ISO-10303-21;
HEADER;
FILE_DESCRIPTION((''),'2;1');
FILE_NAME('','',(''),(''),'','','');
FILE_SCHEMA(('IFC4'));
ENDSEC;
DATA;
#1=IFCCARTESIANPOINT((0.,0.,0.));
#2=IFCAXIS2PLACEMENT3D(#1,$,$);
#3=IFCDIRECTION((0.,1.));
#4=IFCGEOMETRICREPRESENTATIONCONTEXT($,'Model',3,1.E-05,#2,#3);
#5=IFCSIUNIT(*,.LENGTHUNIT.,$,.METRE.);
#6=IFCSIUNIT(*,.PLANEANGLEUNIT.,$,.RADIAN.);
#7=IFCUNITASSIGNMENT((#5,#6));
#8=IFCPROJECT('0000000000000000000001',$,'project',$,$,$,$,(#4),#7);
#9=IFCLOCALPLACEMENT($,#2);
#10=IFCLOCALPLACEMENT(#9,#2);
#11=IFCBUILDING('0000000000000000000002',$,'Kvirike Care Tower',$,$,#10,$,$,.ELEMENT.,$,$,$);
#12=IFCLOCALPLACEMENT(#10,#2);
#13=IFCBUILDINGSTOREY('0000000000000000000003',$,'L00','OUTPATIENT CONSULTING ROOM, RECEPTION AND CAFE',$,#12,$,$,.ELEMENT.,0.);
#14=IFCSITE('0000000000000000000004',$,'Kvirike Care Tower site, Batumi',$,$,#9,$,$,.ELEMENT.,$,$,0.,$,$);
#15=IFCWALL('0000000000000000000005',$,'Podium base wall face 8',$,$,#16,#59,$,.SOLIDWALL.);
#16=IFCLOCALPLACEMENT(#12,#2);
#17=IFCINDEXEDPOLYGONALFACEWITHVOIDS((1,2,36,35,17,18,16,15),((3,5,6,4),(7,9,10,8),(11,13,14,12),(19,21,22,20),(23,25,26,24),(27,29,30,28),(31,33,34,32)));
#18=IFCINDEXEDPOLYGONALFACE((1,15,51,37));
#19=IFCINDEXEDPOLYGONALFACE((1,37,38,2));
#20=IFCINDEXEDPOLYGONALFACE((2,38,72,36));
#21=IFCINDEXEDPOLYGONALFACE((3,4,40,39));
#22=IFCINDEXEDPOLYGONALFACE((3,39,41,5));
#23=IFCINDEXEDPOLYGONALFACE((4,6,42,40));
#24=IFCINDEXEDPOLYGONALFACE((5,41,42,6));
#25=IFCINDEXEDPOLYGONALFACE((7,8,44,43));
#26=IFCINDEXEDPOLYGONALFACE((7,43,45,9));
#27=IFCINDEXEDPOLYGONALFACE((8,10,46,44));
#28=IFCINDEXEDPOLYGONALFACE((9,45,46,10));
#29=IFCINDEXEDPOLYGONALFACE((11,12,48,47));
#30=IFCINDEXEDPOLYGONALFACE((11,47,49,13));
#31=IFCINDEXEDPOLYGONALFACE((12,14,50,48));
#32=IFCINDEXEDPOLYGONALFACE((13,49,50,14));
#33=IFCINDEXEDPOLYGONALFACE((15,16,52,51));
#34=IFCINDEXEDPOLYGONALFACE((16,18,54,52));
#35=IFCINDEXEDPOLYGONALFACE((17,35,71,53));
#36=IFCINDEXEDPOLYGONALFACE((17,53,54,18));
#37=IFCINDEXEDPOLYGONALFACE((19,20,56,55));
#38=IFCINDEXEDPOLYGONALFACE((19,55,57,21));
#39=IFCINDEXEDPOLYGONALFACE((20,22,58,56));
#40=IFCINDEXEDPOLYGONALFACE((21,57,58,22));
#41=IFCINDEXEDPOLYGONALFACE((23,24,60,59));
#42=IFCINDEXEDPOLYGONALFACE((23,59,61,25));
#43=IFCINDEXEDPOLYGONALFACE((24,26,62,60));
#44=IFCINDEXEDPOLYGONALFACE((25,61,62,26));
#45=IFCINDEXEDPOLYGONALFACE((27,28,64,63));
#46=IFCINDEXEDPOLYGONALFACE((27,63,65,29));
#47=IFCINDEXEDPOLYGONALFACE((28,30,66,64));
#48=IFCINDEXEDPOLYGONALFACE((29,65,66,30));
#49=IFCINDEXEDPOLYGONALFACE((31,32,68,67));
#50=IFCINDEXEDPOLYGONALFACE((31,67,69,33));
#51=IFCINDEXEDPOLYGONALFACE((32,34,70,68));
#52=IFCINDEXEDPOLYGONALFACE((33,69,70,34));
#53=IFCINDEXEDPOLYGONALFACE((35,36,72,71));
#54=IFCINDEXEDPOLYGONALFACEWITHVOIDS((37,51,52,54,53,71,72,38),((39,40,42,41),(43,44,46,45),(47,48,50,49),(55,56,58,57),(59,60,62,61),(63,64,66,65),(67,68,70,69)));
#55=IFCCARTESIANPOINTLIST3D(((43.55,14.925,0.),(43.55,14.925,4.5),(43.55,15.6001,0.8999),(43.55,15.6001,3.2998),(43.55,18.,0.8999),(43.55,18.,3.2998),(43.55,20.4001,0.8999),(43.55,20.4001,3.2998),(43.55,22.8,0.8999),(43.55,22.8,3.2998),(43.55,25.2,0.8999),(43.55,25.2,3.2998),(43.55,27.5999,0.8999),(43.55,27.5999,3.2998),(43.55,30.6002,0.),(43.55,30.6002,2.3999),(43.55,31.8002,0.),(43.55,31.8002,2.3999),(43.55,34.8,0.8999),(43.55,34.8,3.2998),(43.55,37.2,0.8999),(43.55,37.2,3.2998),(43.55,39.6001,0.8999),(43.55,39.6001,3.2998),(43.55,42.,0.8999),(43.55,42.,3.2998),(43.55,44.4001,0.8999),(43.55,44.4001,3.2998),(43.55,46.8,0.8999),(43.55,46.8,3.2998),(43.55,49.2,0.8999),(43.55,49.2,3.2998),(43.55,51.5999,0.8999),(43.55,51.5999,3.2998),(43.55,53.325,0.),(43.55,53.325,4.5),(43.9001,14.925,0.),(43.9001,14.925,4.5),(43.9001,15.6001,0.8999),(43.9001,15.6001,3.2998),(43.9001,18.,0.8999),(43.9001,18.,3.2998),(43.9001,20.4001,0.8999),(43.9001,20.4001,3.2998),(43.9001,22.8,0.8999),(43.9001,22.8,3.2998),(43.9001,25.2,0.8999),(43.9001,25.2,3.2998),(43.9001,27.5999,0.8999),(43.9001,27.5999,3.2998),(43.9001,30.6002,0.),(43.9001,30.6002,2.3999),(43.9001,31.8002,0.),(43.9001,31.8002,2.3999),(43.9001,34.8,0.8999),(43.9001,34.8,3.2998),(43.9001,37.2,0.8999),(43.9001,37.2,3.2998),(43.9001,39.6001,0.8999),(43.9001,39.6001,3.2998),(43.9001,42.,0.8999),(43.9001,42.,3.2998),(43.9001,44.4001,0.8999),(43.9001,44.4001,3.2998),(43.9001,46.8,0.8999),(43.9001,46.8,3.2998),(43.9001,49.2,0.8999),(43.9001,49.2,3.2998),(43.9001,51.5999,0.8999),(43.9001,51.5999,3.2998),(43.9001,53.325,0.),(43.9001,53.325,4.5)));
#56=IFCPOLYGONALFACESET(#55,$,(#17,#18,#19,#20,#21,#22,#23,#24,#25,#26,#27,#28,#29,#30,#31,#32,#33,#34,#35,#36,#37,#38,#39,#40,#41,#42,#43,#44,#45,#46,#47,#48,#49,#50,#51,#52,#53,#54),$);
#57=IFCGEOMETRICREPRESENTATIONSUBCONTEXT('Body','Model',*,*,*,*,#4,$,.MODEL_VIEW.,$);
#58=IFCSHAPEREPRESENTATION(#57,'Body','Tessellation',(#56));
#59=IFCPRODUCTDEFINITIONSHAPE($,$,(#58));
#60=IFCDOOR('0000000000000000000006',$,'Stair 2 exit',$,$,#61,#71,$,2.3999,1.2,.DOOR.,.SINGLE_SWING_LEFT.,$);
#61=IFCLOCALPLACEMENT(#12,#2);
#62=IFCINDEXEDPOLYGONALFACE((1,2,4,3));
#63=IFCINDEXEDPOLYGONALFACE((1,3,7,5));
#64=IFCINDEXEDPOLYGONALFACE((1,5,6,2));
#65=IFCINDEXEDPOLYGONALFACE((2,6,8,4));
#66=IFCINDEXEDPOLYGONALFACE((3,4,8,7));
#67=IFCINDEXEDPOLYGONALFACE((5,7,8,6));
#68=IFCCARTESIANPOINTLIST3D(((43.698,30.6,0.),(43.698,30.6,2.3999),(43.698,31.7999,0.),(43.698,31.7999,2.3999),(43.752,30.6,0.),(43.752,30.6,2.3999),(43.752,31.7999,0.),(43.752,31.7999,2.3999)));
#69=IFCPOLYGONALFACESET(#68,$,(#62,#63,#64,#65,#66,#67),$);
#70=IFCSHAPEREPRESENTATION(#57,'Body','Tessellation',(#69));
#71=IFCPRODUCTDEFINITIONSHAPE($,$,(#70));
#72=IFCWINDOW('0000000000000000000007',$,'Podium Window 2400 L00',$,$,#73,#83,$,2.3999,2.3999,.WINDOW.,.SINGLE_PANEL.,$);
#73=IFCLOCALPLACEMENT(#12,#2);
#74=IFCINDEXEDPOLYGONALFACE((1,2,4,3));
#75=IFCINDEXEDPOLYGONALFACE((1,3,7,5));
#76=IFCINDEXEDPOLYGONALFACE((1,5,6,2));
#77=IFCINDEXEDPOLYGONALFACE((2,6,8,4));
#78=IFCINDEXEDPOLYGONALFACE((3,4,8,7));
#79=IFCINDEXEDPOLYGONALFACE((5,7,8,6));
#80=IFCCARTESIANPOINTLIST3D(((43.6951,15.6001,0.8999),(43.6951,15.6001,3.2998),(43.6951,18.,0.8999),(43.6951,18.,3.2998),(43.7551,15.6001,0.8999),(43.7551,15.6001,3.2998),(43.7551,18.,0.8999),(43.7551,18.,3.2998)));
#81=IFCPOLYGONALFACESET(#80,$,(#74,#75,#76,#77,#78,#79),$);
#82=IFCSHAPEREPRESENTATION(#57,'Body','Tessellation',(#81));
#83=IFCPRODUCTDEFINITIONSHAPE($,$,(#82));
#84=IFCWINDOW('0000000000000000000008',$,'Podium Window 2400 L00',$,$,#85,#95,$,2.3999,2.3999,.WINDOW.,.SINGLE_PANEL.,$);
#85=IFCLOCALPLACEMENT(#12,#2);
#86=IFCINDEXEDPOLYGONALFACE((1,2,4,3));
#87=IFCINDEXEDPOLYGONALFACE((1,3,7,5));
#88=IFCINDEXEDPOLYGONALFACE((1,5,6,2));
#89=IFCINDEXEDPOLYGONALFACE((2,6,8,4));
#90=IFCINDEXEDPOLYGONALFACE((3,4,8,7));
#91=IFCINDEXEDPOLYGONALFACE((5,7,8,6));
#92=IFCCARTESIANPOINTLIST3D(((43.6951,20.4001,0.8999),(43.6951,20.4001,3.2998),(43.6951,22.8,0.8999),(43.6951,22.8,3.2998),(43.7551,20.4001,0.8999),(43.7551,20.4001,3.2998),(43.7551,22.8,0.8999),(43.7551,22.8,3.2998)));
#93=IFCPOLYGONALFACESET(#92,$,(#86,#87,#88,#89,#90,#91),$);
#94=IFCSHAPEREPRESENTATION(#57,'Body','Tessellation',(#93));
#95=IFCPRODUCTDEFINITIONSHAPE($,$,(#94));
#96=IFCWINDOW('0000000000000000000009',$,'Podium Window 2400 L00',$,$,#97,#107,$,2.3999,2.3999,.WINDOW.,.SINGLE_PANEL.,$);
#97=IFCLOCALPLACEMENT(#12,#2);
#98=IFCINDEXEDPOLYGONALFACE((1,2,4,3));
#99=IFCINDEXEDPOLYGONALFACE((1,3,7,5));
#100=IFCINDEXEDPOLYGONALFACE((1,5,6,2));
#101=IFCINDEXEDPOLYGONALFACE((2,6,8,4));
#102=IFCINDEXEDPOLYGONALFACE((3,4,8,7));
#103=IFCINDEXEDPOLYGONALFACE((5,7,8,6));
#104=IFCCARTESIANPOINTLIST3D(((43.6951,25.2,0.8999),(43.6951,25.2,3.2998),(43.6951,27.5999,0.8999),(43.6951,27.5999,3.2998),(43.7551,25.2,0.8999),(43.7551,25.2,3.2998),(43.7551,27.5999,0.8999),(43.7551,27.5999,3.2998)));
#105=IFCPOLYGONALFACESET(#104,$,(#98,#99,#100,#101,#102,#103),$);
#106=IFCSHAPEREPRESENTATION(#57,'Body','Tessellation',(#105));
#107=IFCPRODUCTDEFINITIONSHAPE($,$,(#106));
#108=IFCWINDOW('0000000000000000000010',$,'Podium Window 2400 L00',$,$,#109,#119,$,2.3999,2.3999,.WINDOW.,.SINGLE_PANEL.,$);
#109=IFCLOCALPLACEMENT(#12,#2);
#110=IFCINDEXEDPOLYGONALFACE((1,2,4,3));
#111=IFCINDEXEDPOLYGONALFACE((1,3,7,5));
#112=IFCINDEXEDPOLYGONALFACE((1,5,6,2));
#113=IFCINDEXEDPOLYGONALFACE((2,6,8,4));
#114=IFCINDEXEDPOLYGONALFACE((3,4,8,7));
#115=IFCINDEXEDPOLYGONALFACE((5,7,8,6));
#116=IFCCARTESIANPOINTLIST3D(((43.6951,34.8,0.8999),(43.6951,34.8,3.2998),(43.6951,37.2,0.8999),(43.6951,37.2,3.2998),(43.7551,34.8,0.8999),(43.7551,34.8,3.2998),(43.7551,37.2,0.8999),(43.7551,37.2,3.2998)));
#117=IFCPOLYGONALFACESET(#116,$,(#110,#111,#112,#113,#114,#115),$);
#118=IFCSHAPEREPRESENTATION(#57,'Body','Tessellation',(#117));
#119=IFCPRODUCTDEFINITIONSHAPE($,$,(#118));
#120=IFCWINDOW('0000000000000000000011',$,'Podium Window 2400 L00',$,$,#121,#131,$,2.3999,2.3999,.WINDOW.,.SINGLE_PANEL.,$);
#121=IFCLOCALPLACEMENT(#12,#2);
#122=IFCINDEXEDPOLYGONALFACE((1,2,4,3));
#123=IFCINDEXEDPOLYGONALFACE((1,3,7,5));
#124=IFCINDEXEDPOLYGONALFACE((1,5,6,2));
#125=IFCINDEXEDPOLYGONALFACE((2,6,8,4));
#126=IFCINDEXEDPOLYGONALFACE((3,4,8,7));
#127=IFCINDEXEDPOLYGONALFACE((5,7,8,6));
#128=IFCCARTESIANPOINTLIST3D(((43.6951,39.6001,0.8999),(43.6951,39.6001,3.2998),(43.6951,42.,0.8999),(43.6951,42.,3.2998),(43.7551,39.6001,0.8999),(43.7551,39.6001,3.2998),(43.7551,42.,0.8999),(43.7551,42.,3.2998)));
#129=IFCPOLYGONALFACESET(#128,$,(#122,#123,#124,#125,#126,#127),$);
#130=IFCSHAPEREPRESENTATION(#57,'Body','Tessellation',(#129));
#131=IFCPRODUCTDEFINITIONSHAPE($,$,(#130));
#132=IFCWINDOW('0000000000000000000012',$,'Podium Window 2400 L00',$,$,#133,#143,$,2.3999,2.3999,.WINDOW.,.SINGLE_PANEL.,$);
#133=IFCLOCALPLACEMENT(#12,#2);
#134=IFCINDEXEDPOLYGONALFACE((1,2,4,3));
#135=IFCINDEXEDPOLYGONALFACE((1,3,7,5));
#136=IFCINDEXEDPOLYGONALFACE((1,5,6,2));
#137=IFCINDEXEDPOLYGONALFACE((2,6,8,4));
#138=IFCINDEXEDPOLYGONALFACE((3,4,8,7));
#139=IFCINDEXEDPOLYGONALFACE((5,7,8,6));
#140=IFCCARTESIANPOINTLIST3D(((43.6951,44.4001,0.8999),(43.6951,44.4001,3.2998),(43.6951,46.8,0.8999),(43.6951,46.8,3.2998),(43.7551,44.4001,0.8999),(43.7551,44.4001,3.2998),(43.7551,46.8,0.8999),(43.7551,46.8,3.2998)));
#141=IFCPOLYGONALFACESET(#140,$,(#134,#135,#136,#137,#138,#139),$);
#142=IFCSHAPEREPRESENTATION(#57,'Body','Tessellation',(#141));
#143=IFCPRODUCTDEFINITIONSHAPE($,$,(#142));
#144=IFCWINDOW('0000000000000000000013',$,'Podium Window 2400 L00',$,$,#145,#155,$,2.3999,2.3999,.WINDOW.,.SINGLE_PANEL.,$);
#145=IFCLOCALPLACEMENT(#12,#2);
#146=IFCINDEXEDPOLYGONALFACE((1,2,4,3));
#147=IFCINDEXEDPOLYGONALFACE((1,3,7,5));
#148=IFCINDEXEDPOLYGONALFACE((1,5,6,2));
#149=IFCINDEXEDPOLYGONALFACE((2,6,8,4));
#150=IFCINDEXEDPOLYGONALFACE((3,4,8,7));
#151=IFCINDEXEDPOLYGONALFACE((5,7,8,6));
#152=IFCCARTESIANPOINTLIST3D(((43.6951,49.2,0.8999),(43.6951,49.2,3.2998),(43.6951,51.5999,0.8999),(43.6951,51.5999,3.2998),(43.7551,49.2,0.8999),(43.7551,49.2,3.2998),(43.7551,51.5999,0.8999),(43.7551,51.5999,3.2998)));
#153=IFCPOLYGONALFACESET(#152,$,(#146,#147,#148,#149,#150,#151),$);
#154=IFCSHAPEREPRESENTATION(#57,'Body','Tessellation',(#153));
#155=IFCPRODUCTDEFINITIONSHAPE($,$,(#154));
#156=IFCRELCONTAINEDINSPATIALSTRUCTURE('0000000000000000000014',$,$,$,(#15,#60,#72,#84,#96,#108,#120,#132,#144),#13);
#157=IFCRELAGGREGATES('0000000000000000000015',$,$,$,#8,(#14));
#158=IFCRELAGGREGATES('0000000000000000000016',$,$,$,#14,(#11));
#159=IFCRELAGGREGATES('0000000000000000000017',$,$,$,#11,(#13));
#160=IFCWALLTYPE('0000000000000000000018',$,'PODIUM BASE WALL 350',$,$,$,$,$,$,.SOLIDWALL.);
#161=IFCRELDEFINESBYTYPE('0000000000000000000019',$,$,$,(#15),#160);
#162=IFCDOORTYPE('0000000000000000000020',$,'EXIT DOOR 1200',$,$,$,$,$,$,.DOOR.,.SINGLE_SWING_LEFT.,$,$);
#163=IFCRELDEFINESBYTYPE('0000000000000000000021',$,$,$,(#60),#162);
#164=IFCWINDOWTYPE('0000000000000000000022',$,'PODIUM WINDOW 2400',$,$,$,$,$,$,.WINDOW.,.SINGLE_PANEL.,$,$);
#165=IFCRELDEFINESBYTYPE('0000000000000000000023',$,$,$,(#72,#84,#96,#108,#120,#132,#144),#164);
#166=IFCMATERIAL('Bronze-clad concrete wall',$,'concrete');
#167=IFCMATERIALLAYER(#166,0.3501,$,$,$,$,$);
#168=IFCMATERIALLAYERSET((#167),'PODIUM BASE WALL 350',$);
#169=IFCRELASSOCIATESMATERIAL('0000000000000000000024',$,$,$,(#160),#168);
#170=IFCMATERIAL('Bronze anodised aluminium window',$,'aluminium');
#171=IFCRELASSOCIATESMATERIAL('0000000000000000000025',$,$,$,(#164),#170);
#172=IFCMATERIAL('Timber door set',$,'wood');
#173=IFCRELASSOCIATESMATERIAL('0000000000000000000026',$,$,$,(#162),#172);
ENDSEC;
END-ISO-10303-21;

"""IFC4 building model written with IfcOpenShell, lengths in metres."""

from ifc_helpers import new_model, si_unit, direction, frame, frame_2d, origin, place, context, subcontext, project, spatial, rectangle, extrude, material, layer, layer_set, type_object, element, fill, save


model = new_model("IFC4")

# Units and contexts
model_context = context("Model", 3, precision=1e-05, world=origin(), true_north=direction((0.0, 1.0)))
body_context = subcontext(model_context, "Body", "Model", "MODEL_VIEW")
ifc_project = project(units=[si_unit("LENGTHUNIT", "METRE"), si_unit("PLANEANGLEUNIT", "RADIAN")], contexts=[model_context])

# Site, building, storey
site_placement = place(None, origin())
site = spatial("IfcSite", under=ifc_project, at=site_placement, Name="Kvirike Care Tower site, Batumi", CompositionType="ELEMENT", RefElevation=0.0)
building_placement = place(site_placement, origin())
building = spatial("IfcBuilding", under=site, at=building_placement, Name="Kvirike Care Tower", CompositionType="ELEMENT")
storey_placement = place(building_placement, origin())
storey = spatial("IfcBuildingStorey", under=building, at=storey_placement, Name="L00", Description="OUTPATIENT CONSULTING ROOM, RECEPTION AND CAFE", CompositionType="ELEMENT", Elevation=0.0)

# Shared definitions
ifc_material_1 = material(Name="Bronze-clad concrete wall", Category="concrete")
ifc_layer_1 = layer(ifc_material_1, 0.3501)
ifc_layer_set_1 = layer_set([ifc_layer_1], Name="PODIUM BASE WALL 350")
wall_type_1 = type_object("IfcWallType", Name="PODIUM BASE WALL 350", PredefinedType="SOLIDWALL", material=ifc_layer_set_1)
ifc_material_2 = material(Name="Bronze anodised aluminium window", Category="aluminium")
window_type = type_object("IfcWindowType", Name="PODIUM WINDOW 2400", PartitioningType="SINGLE_PANEL", PredefinedType="WINDOW", material=ifc_material_2)

# Wall, openings, door, windows
wall_1_placement = place(storey_placement, frame((43.7251, 14.925, 0.0), z_axis=(0.0, 0.0, 1.0), x_axis=(0.0, 1.0, 0.0)))
wall_1 = element("IfcWall", 1, at=wall_1_placement, inside=storey, type_object=wall_type_1, Name="Podium base wall face 8", PredefinedType="SOLIDWALL", context=body_context, shape_type="SweptSolid", body=[
    extrude(rectangle(XDim=38.3999, YDim=0.3501, at=frame_2d((19.2, 0.0))), origin(), (0.0, 0.0, 1.0), 4.5),
])
opening_1_placement = place(wall_1_placement, frame((15.675, 0.0, 0.0)))
opening_1 = element("IfcOpeningElement", 2, at=opening_1_placement, cuts=wall_1, PredefinedType="OPENING", context=body_context, shape_type="SweptSolid", body=[
    extrude(rectangle(XDim=1.2, YDim=2.3999, at=frame_2d((0.6001, 1.2))), frame((0.0, 0.1855, 0.0), z_axis=(0.0, -1.0, 0.0), x_axis=(1.0, 0.0, 0.0)), (0.0, 0.0, 1.0), 0.3711),
])
opening_2_placement = place(wall_1_placement, frame((0.675, 0.0, 0.8999)))
opening_2 = element("IfcOpeningElement", 3, at=opening_2_placement, cuts=wall_1, PredefinedType="OPENING", context=body_context, shape_type="SweptSolid", body=[
    extrude(rectangle(XDim=2.3999, YDim=2.3999, at=frame_2d((1.2, 1.2))), frame((0.0, 0.1855, 0.0), z_axis=(0.0, -1.0, 0.0), x_axis=(1.0, 0.0, 0.0)), (0.0, 0.0, 1.0), 0.3711),
])
opening_3_placement = place(wall_1_placement, frame((5.4751, 0.0, 0.8999)))
opening_3 = element("IfcOpeningElement", 4, at=opening_3_placement, cuts=wall_1, PredefinedType="OPENING", context=body_context, shape_type="SweptSolid", body=[
    extrude(rectangle(XDim=2.3999, YDim=2.3999, at=frame_2d((1.2, 1.2))), frame((0.0, 0.1855, 0.0), z_axis=(0.0, -1.0, 0.0), x_axis=(1.0, 0.0, 0.0)), (0.0, 0.0, 1.0), 0.3711),
])
opening_4_placement = place(wall_1_placement, frame((10.2749, 0.0, 0.8999)))
opening_4 = element("IfcOpeningElement", 5, at=opening_4_placement, cuts=wall_1, PredefinedType="OPENING", context=body_context, shape_type="SweptSolid", body=[
    extrude(rectangle(XDim=2.3999, YDim=2.3999, at=frame_2d((1.2, 1.2))), frame((0.0, 0.1855, 0.0), z_axis=(0.0, -1.0, 0.0), x_axis=(1.0, 0.0, 0.0)), (0.0, 0.0, 1.0), 0.3711),
])
opening_5_placement = place(wall_1_placement, frame((19.875, 0.0, 0.8999)))
opening_5 = element("IfcOpeningElement", 6, at=opening_5_placement, cuts=wall_1, PredefinedType="OPENING", context=body_context, shape_type="SweptSolid", body=[
    extrude(rectangle(XDim=2.3999, YDim=2.3999, at=frame_2d((1.2, 1.2))), frame((0.0, 0.1855, 0.0), z_axis=(0.0, -1.0, 0.0), x_axis=(1.0, 0.0, 0.0)), (0.0, 0.0, 1.0), 0.3711),
])
opening_6_placement = place(wall_1_placement, frame((24.675, 0.0, 0.8999)))
opening_6 = element("IfcOpeningElement", 7, at=opening_6_placement, cuts=wall_1, PredefinedType="OPENING", context=body_context, shape_type="SweptSolid", body=[
    extrude(rectangle(XDim=2.3999, YDim=2.3999, at=frame_2d((1.2, 1.2))), frame((0.0, 0.1855, 0.0), z_axis=(0.0, -1.0, 0.0), x_axis=(1.0, 0.0, 0.0)), (0.0, 0.0, 1.0), 0.3711),
])
opening_7_placement = place(wall_1_placement, frame((29.4751, 0.0, 0.8999)))
opening_7 = element("IfcOpeningElement", 8, at=opening_7_placement, cuts=wall_1, PredefinedType="OPENING", context=body_context, shape_type="SweptSolid", body=[
    extrude(rectangle(XDim=2.3999, YDim=2.3999, at=frame_2d((1.2, 1.2))), frame((0.0, 0.1855, 0.0), z_axis=(0.0, -1.0, 0.0), x_axis=(1.0, 0.0, 0.0)), (0.0, 0.0, 1.0), 0.3711),
])
opening_8_placement = place(wall_1_placement, frame((34.2749, 0.0, 0.8999)))
opening_8 = element("IfcOpeningElement", 9, at=opening_8_placement, cuts=wall_1, PredefinedType="OPENING", context=body_context, shape_type="SweptSolid", body=[
    extrude(rectangle(XDim=2.3999, YDim=2.3999, at=frame_2d((1.2, 1.2))), frame((0.0, 0.1855, 0.0), z_axis=(0.0, -1.0, 0.0), x_axis=(1.0, 0.0, 0.0)), (0.0, 0.0, 1.0), 0.3711),
])
ifc_material_3 = material(Name="Timber door set", Category="wood")
door_type_1 = type_object("IfcDoorType", Name="EXIT DOOR 1200", OperationType="SINGLE_SWING_LEFT", PredefinedType="DOOR", material=ifc_material_3)
door_1_placement = place(opening_1_placement, frame((1.2, 0.0, 0.0), z_axis=(0.0, 0.0, 1.0), x_axis=(-1.0, 0.0, 0.0)))
door_1 = element("IfcDoor", 10, at=door_1_placement, inside=storey, type_object=door_type_1, Name="Stair 2 exit", OperationType="SINGLE_SWING_LEFT", OverallHeight=2.3999, OverallWidth=1.2, PredefinedType="DOOR", context=body_context, shape_type="SweptSolid", body=[
    extrude(rectangle(XDim=1.2, YDim=2.3999, at=frame_2d((0.6001, 1.2))), frame((0.0, 0.0269, 0.0), z_axis=(0.0, -1.0, 0.0), x_axis=(1.0, 0.0, 0.0)), (0.0, 0.0, 1.0), 0.054),
])
fill(opening_1, door_1)
window_1_placement = place(opening_2_placement, origin())
window_1 = element("IfcWindow", 11, at=window_1_placement, inside=storey, type_object=window_type, Name="Podium Window 2400 L00", OverallHeight=2.3999, OverallWidth=2.3999, PartitioningType="SINGLE_PANEL", PredefinedType="WINDOW", context=body_context, shape_type="SweptSolid", body=[
    extrude(rectangle(XDim=2.3999, YDim=2.3999, at=frame_2d((1.2, 1.2))), frame((0.0, 0.03, 0.0), z_axis=(0.0, -1.0, 0.0), x_axis=(1.0, 0.0, 0.0)), (0.0, 0.0, 1.0), 0.0601),
])
fill(opening_2, window_1)
window_2_placement = place(opening_3_placement, origin())
window_2 = element("IfcWindow", 12, at=window_2_placement, inside=storey, type_object=window_type, Name="Podium Window 2400 L00", OverallHeight=2.3999, OverallWidth=2.3999, PartitioningType="SINGLE_PANEL", PredefinedType="WINDOW", context=body_context, shape_type="SweptSolid", body=[
    extrude(rectangle(XDim=2.3999, YDim=2.3999, at=frame_2d((1.2, 1.2))), frame((0.0, 0.03, 0.0), z_axis=(0.0, -1.0, 0.0), x_axis=(1.0, 0.0, 0.0)), (0.0, 0.0, 1.0), 0.0601),
])
fill(opening_3, window_2)
window_3_placement = place(opening_4_placement, origin())
window_3 = element("IfcWindow", 13, at=window_3_placement, inside=storey, type_object=window_type, Name="Podium Window 2400 L00", OverallHeight=2.3999, OverallWidth=2.3999, PartitioningType="SINGLE_PANEL", PredefinedType="WINDOW", context=body_context, shape_type="SweptSolid", body=[
    extrude(rectangle(XDim=2.3999, YDim=2.3999, at=frame_2d((1.2, 1.2))), frame((0.0, 0.03, 0.0), z_axis=(0.0, -1.0, 0.0), x_axis=(1.0, 0.0, 0.0)), (0.0, 0.0, 1.0), 0.0601),
])
fill(opening_4, window_3)
window_4_placement = place(opening_5_placement, origin())
window_4 = element("IfcWindow", 14, at=window_4_placement, inside=storey, type_object=window_type, Name="Podium Window 2400 L00", OverallHeight=2.3999, OverallWidth=2.3999, PartitioningType="SINGLE_PANEL", PredefinedType="WINDOW", context=body_context, shape_type="SweptSolid", body=[
    extrude(rectangle(XDim=2.3999, YDim=2.3999, at=frame_2d((1.2, 1.2))), frame((0.0, 0.03, 0.0), z_axis=(0.0, -1.0, 0.0), x_axis=(1.0, 0.0, 0.0)), (0.0, 0.0, 1.0), 0.0601),
])
fill(opening_5, window_4)
window_5_placement = place(opening_6_placement, origin())
window_5 = element("IfcWindow", 15, at=window_5_placement, inside=storey, type_object=window_type, Name="Podium Window 2400 L00", OverallHeight=2.3999, OverallWidth=2.3999, PartitioningType="SINGLE_PANEL", PredefinedType="WINDOW", context=body_context, shape_type="SweptSolid", body=[
    extrude(rectangle(XDim=2.3999, YDim=2.3999, at=frame_2d((1.2, 1.2))), frame((0.0, 0.03, 0.0), z_axis=(0.0, -1.0, 0.0), x_axis=(1.0, 0.0, 0.0)), (0.0, 0.0, 1.0), 0.0601),
])
fill(opening_6, window_5)
window_6_placement = place(opening_7_placement, origin())
window_6 = element("IfcWindow", 16, at=window_6_placement, inside=storey, type_object=window_type, Name="Podium Window 2400 L00", OverallHeight=2.3999, OverallWidth=2.3999, PartitioningType="SINGLE_PANEL", PredefinedType="WINDOW", context=body_context, shape_type="SweptSolid", body=[
    extrude(rectangle(XDim=2.3999, YDim=2.3999, at=frame_2d((1.2, 1.2))), frame((0.0, 0.03, 0.0), z_axis=(0.0, -1.0, 0.0), x_axis=(1.0, 0.0, 0.0)), (0.0, 0.0, 1.0), 0.0601),
])
fill(opening_7, window_6)
window_7_placement = place(opening_8_placement, origin())
window_7 = element("IfcWindow", 17, at=window_7_placement, inside=storey, type_object=window_type, Name="Podium Window 2400 L00", OverallHeight=2.3999, OverallWidth=2.3999, PartitioningType="SINGLE_PANEL", PredefinedType="WINDOW", context=body_context, shape_type="SweptSolid", body=[
    extrude(rectangle(XDim=2.3999, YDim=2.3999, at=frame_2d((1.2, 1.2))), frame((0.0, 0.03, 0.0), z_axis=(0.0, -1.0, 0.0), x_axis=(1.0, 0.0, 0.0)), (0.0, 0.0, 1.0), 0.0601),
])
fill(opening_8, window_7)

save(model, "model.ifc")
